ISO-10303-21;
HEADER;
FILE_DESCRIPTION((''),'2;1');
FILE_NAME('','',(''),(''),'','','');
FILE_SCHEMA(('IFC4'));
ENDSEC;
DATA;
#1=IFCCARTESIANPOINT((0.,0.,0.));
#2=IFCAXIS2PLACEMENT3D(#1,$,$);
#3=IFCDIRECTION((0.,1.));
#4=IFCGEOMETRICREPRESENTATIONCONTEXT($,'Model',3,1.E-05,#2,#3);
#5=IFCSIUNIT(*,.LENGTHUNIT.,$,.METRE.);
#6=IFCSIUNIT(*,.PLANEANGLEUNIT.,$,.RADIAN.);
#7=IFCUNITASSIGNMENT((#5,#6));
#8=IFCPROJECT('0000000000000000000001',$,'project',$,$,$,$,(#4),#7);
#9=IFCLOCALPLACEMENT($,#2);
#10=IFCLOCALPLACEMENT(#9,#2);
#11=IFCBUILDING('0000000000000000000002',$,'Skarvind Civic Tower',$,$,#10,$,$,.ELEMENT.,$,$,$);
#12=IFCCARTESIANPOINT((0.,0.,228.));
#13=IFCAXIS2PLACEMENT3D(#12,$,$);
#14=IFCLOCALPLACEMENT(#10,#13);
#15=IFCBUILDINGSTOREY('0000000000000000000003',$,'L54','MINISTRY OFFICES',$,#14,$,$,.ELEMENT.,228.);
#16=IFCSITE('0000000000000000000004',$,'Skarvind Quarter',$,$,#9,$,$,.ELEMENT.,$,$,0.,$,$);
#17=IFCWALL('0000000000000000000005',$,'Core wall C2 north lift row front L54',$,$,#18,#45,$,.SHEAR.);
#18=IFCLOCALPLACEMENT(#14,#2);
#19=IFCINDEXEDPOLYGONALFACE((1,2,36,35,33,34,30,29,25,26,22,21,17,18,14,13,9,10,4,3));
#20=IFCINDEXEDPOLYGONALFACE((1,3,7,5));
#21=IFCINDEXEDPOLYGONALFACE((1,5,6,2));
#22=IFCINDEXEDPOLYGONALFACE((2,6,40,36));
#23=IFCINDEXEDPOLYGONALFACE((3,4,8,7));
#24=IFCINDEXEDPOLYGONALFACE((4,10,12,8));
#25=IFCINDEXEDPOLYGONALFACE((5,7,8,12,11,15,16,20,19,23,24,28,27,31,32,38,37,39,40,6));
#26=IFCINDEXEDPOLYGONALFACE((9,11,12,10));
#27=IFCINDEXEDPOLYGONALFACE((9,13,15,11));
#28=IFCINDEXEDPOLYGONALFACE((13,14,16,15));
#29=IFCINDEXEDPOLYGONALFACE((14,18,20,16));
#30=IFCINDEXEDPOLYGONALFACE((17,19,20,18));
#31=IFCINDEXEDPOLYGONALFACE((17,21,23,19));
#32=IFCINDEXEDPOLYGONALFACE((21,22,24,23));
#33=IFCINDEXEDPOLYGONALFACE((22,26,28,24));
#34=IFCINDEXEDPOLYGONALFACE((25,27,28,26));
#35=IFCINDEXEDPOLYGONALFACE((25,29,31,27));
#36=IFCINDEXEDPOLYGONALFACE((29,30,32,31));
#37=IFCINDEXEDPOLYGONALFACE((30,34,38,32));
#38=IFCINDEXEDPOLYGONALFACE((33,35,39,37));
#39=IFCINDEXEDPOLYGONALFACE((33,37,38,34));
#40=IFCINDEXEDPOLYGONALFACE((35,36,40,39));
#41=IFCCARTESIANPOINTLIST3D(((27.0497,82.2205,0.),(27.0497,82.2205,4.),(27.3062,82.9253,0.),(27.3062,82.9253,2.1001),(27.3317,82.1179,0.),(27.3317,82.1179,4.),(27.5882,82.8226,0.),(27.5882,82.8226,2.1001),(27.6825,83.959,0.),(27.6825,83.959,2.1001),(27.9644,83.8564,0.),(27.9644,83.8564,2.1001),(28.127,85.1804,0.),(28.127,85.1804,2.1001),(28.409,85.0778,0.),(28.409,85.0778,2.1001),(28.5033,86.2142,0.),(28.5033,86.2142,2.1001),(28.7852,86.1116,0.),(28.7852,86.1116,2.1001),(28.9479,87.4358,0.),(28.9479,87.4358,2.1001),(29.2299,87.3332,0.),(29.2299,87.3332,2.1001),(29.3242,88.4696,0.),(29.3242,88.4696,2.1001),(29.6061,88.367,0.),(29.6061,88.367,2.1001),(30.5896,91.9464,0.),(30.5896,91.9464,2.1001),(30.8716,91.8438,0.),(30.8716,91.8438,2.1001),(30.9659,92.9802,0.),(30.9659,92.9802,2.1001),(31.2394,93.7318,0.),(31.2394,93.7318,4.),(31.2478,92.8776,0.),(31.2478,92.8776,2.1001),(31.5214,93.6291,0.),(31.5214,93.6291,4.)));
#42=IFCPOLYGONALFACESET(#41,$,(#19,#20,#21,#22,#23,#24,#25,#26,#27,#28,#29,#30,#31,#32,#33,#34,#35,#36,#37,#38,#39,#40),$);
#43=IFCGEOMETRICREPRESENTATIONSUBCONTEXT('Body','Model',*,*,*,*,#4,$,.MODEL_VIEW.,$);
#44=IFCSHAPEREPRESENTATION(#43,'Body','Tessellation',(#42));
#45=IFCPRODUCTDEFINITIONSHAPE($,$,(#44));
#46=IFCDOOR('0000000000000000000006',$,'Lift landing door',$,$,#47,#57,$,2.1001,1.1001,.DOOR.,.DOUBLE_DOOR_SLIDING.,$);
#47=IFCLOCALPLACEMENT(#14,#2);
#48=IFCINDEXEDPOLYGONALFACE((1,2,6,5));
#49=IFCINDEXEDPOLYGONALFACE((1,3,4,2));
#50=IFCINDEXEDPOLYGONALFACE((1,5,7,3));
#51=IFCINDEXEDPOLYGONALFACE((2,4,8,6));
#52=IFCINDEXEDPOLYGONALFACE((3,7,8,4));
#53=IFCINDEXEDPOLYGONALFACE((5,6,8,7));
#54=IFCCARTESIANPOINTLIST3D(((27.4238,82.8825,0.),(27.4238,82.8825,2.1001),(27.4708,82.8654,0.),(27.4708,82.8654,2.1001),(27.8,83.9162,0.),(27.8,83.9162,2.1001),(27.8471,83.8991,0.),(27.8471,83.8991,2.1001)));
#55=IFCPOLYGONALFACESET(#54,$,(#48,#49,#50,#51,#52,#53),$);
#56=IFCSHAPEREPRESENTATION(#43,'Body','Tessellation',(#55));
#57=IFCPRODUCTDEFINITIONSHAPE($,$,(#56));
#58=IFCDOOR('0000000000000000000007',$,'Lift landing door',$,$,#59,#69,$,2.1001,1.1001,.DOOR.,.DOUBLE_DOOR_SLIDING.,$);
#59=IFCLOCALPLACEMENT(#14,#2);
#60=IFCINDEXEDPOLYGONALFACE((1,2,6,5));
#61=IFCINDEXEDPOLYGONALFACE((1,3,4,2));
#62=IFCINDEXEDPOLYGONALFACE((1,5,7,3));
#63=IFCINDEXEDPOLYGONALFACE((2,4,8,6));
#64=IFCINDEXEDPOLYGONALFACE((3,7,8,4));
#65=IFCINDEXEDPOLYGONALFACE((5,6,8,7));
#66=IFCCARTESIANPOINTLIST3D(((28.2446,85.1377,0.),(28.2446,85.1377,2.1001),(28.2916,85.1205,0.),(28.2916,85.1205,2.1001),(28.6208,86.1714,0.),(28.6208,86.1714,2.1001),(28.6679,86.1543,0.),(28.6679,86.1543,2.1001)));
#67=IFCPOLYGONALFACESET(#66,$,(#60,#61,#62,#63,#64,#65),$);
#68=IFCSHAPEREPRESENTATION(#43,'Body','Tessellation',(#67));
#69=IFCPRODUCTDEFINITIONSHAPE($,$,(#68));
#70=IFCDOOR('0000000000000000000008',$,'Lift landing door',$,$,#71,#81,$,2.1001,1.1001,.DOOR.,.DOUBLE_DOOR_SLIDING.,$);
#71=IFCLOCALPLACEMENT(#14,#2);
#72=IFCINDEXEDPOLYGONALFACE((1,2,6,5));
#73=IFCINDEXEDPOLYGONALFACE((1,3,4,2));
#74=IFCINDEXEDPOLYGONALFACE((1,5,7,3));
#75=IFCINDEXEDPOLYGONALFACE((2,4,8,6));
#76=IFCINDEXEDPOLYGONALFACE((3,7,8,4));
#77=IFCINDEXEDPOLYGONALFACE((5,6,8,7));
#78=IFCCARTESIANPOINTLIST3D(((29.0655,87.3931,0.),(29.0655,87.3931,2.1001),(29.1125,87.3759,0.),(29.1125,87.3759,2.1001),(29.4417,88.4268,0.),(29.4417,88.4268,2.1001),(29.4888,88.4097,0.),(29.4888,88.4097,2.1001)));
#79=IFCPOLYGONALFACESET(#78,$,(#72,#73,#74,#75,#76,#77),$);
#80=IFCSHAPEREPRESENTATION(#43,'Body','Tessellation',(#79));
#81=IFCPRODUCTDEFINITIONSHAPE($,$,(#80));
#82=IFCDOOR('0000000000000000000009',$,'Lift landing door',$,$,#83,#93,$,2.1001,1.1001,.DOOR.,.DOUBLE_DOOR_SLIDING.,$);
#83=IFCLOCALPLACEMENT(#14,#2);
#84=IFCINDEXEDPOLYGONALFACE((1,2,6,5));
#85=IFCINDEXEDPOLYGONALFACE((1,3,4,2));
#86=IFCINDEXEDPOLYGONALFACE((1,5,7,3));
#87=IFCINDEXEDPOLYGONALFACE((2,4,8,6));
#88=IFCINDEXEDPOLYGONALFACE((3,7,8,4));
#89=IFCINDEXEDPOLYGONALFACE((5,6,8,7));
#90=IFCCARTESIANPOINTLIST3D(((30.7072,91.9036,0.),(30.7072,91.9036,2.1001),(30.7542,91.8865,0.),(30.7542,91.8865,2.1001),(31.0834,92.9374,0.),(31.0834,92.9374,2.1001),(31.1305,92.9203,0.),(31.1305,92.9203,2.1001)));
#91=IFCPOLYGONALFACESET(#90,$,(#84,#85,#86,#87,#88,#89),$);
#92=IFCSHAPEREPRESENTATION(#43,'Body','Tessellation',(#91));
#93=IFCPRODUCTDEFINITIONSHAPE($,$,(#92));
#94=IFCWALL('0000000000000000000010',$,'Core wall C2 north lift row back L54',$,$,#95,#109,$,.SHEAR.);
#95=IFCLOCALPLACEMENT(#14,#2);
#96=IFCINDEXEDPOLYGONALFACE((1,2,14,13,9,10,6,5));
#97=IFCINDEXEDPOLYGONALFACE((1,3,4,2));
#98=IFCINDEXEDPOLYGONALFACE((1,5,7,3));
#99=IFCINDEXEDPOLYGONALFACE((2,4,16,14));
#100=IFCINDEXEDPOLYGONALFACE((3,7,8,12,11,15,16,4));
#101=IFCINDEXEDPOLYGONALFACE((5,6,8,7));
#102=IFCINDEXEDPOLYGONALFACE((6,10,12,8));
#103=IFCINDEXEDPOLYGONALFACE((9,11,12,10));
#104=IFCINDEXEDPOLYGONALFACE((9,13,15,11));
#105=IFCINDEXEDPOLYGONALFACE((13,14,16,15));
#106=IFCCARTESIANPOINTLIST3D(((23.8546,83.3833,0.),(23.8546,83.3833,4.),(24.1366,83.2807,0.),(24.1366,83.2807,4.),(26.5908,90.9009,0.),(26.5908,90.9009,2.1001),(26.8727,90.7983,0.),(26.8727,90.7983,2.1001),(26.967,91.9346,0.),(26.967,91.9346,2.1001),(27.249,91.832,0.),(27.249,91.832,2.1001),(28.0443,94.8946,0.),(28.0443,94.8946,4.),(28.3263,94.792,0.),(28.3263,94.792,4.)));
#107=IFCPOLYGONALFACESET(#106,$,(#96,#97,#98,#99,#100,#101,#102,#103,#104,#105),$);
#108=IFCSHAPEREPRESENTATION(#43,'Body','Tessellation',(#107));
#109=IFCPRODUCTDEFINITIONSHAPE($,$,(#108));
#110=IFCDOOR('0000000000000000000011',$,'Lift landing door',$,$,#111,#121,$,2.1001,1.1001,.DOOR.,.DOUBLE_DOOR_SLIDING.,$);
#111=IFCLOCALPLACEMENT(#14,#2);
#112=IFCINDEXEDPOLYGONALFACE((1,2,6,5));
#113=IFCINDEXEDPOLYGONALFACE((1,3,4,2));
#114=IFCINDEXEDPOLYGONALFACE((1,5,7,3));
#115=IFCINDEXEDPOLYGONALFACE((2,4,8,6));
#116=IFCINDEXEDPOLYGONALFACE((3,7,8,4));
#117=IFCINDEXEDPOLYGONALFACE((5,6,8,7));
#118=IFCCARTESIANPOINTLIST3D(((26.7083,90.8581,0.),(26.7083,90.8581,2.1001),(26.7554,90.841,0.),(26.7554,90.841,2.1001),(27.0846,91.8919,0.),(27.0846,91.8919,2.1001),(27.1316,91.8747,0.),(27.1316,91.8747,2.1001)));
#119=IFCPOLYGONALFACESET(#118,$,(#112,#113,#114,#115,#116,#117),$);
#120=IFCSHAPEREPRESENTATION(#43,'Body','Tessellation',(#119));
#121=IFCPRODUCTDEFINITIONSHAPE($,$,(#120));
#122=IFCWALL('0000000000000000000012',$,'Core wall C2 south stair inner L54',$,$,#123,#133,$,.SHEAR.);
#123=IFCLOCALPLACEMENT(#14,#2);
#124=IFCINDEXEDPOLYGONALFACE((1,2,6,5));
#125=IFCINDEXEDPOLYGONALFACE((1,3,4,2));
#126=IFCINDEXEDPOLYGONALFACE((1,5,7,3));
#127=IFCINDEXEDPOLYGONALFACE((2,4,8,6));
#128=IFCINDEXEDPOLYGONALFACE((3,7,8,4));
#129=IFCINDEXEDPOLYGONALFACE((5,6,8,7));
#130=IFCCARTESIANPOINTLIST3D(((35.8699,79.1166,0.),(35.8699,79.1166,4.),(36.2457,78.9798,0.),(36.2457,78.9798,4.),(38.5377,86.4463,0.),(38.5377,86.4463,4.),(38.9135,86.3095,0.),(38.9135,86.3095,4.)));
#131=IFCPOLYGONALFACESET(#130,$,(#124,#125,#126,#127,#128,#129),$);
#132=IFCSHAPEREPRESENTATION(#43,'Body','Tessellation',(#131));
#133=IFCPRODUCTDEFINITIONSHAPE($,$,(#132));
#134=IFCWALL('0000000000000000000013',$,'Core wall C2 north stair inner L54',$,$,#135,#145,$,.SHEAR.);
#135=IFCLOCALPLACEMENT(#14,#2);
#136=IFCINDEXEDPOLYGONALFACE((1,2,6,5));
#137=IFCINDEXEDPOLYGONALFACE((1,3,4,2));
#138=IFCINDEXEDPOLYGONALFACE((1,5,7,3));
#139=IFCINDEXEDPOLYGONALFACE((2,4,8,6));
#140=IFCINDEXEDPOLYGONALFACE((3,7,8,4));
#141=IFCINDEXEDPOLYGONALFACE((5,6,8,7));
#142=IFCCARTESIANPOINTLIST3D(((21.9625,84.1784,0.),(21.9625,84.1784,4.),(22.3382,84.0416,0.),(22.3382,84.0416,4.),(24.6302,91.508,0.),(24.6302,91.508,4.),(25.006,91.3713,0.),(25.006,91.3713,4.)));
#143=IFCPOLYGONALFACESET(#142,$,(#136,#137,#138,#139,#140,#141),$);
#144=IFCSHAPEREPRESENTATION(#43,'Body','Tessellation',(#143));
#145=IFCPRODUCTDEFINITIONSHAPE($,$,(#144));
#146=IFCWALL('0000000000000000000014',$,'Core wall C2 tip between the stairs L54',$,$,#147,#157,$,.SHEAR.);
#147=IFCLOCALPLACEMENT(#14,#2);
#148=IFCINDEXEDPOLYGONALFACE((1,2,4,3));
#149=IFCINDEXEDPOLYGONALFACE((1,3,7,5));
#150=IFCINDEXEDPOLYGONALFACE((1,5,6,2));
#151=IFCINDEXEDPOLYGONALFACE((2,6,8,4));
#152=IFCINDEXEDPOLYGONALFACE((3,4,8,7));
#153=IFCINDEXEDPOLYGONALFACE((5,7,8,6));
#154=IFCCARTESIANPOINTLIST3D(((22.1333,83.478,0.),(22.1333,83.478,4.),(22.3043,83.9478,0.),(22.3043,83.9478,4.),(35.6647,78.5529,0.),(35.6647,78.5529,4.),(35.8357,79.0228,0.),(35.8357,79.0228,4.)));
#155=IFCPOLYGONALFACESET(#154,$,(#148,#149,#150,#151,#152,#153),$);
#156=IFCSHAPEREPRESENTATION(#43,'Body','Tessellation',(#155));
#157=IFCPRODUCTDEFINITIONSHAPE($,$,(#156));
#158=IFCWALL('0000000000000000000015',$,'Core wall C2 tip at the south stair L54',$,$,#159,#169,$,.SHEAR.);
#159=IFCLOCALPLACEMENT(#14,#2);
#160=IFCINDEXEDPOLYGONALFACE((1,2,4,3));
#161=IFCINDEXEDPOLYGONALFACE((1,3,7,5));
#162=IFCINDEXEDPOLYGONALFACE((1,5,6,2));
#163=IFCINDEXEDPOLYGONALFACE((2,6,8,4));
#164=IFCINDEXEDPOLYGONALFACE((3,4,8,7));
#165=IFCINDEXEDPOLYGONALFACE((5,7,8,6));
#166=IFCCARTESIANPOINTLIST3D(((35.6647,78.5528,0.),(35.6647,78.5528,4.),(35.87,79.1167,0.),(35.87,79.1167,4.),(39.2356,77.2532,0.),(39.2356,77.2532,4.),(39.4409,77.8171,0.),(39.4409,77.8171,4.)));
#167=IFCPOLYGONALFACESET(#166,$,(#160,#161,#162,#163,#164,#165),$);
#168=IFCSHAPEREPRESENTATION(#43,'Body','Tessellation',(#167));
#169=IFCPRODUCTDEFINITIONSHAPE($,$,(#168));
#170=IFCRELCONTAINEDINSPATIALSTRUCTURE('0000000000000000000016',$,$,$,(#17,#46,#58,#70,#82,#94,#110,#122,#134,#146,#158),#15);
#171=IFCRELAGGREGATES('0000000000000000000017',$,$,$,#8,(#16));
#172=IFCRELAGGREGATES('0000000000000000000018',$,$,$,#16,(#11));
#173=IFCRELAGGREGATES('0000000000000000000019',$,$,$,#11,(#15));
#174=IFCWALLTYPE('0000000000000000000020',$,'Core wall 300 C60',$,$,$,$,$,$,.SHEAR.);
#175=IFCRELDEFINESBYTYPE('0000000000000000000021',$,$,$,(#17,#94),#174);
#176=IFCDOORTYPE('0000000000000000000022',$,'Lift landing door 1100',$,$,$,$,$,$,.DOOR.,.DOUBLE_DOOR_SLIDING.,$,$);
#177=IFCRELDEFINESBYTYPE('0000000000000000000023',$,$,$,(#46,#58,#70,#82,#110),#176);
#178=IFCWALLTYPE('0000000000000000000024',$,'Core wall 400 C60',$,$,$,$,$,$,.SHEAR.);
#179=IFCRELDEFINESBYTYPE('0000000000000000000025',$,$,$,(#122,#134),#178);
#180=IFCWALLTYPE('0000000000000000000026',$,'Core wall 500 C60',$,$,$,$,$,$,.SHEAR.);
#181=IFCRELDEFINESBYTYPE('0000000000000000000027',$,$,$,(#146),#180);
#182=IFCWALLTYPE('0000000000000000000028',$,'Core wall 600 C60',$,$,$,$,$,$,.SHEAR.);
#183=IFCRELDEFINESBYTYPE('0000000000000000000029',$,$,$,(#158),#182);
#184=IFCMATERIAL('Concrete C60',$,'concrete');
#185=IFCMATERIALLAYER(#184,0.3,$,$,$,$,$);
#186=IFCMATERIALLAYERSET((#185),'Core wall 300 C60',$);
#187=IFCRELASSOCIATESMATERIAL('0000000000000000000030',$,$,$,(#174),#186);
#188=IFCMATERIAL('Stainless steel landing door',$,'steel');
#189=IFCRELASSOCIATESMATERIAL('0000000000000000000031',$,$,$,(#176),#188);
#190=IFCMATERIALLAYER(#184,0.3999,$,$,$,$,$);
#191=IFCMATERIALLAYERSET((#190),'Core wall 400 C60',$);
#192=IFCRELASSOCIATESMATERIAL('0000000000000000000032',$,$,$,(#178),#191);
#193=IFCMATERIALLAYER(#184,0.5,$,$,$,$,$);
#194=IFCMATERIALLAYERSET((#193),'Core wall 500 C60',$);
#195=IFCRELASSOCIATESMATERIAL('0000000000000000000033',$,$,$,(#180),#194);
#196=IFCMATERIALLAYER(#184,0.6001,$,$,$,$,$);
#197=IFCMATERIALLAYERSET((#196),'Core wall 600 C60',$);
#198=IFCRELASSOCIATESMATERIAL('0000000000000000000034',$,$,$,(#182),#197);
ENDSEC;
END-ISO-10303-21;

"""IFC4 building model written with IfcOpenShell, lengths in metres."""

from ifc_helpers import new_model, si_unit, direction, frame, frame_2d, origin, place, context, subcontext, project, spatial, rectangle, extrude, material, layer, layer_set, type_object, element, fill, save


model = new_model("IFC4")

# Units and contexts
model_context = context("Model", 3, precision=1e-05, world=origin(), true_north=direction((0.0, 1.0)))
body_context = subcontext(model_context, "Body", "Model", "MODEL_VIEW")
ifc_project = project(units=[si_unit("LENGTHUNIT", "METRE"), si_unit("PLANEANGLEUNIT", "RADIAN")], contexts=[model_context])

# Site, building, storey
site_placement = place(None, origin())
site = spatial("IfcSite", under=ifc_project, at=site_placement, Name="Skarvind Quarter", CompositionType="ELEMENT", RefElevation=0.0)
building_placement = place(site_placement, origin())
building = spatial("IfcBuilding", under=site, at=building_placement, Name="Skarvind Civic Tower", CompositionType="ELEMENT")
storey_placement = place(building_placement, frame((0.0, 0.0, 228.0)))
storey = spatial("IfcBuildingStorey", under=building, at=storey_placement, Name="L54", Description="MINISTRY OFFICES", CompositionType="ELEMENT", Elevation=228.0)

# Shared definitions
ifc_material_1 = material(Name="Concrete C60", Category="concrete")
ifc_layer_1 = layer(ifc_material_1, 0.3)
ifc_layer_set_1 = layer_set([ifc_layer_1], Name="Core wall 300 C60")
wall_type_1 = type_object("IfcWallType", Name="Core wall 300 C60", PredefinedType="SHEAR", material=ifc_layer_set_1)

# Wall, openings, doors
wall_1_placement = place(storey_placement, frame((27.1907, 82.1692, 0.0), z_axis=(0.0, 0.0, 1.0), x_axis=(0.342017, 0.939694, 0.0)))
wall_1 = element("IfcWall", 1, at=wall_1_placement, inside=storey, type_object=wall_type_1, Name="Core wall C2 north lift row front L54", PredefinedType="SHEAR", context=body_context, shape_type="SweptSolid", body=[
    extrude(rectangle(XDim=12.25, YDim=0.3, at=frame_2d((6.125, 0.0))), origin(), (0.0, 0.0, 1.0), 4.0),
])
opening_1_placement = place(wall_1_placement, frame((0.75, 0.0, 0.0)))
opening_1 = element("IfcOpeningElement", 2, at=opening_1_placement, cuts=wall_1, PredefinedType="OPENING", context=body_context, shape_type="SweptSolid", body=[
    extrude(rectangle(XDim=1.1001, YDim=2.1001, at=frame_2d((0.55, 1.05))), frame((0.0, 0.1599, 0.0), z_axis=(0.0, -1.0, 0.0), x_axis=(1.0, 0.0, 0.0)), (0.0, 0.0, 1.0), 0.3201),
])
opening_2_placement = place(wall_1_placement, frame((3.1499, 0.0, 0.0)))
opening_2 = element("IfcOpeningElement", 3, at=opening_2_placement, cuts=wall_1, PredefinedType="OPENING", context=body_context, shape_type="SweptSolid", body=[
    extrude(rectangle(XDim=1.1001, YDim=2.1001, at=frame_2d((0.55, 1.05))), frame((0.0, 0.1599, 0.0), z_axis=(0.0, -1.0, 0.0), x_axis=(1.0, 0.0, 0.0)), (0.0, 0.0, 1.0), 0.3201),
])
opening_3_placement = place(wall_1_placement, frame((5.55, 0.0, 0.0)))
opening_3 = element("IfcOpeningElement", 4, at=opening_3_placement, cuts=wall_1, PredefinedType="OPENING", context=body_context, shape_type="SweptSolid", body=[
    extrude(rectangle(XDim=1.1001, YDim=2.1001, at=frame_2d((0.55, 1.05))), frame((0.0, 0.1599, 0.0), z_axis=(0.0, -1.0, 0.0), x_axis=(1.0, 0.0, 0.0)), (0.0, 0.0, 1.0), 0.3201),
])
opening_4_placement = place(wall_1_placement, frame((10.3501, 0.0, 0.0)))
opening_4 = element("IfcOpeningElement", 5, at=opening_4_placement, cuts=wall_1, PredefinedType="OPENING", context=body_context, shape_type="SweptSolid", body=[
    extrude(rectangle(XDim=1.1001, YDim=2.1001, at=frame_2d((0.55, 1.05))), frame((0.0, 0.1599, 0.0), z_axis=(0.0, -1.0, 0.0), x_axis=(1.0, 0.0, 0.0)), (0.0, 0.0, 1.0), 0.3201),
])
ifc_material_2 = material(Name="Stainless steel landing door", Category="steel")
door_type_1 = type_object("IfcDoorType", Name="Lift landing door 1100", OperationType="DOUBLE_DOOR_SLIDING", PredefinedType="DOOR", material=ifc_material_2)
door_1_placement = place(opening_1_placement, origin())
door_1 = element("IfcDoor", 6, at=door_1_placement, inside=storey, type_object=door_type_1, Name="Lift landing door", OperationType="DOUBLE_DOOR_SLIDING", OverallHeight=2.1001, OverallWidth=1.1001, PredefinedType="DOOR", context=body_context, shape_type="SweptSolid", body=[
    extrude(rectangle(XDim=1.1001, YDim=2.1001, at=frame_2d((0.55, 1.05))), frame((0.0, 0.0249, 0.0), z_axis=(0.0, -1.0, 0.0), x_axis=(1.0, 0.0, 0.0)), (0.0, 0.0, 1.0), 0.05),
])
fill(opening_1, door_1)
door_2_placement = place(opening_2_placement, origin())
door_2 = element("IfcDoor", 7, at=door_2_placement, inside=storey, type_object=door_type_1, Name="Lift landing door", OperationType="DOUBLE_DOOR_SLIDING", OverallHeight=2.1001, OverallWidth=1.1001, PredefinedType="DOOR", context=body_context, shape_type="SweptSolid", body=[
    extrude(rectangle(XDim=1.1001, YDim=2.1001, at=frame_2d((0.55, 1.05))), frame((0.0, 0.0249, 0.0), z_axis=(0.0, -1.0, 0.0), x_axis=(1.0, 0.0, 0.0)), (0.0, 0.0, 1.0), 0.05),
])
fill(opening_2, door_2)
door_3_placement = place(opening_3_placement, origin())
door_3 = element("IfcDoor", 8, at=door_3_placement, inside=storey, type_object=door_type_1, Name="Lift landing door", OperationType="DOUBLE_DOOR_SLIDING", OverallHeight=2.1001, OverallWidth=1.1001, PredefinedType="DOOR", context=body_context, shape_type="SweptSolid", body=[
    extrude(rectangle(XDim=1.1001, YDim=2.1001, at=frame_2d((0.55, 1.05))), frame((0.0, 0.0249, 0.0), z_axis=(0.0, -1.0, 0.0), x_axis=(1.0, 0.0, 0.0)), (0.0, 0.0, 1.0), 0.05),
])
fill(opening_3, door_3)
door_4_placement = place(opening_4_placement, origin())
door_4 = element("IfcDoor", 9, at=door_4_placement, inside=storey, type_object=door_type_1, Name="Lift landing door", OperationType="DOUBLE_DOOR_SLIDING", OverallHeight=2.1001, OverallWidth=1.1001, PredefinedType="DOOR", context=body_context, shape_type="SweptSolid", body=[
    extrude(rectangle(XDim=1.1001, YDim=2.1001, at=frame_2d((0.55, 1.05))), frame((0.0, 0.0249, 0.0), z_axis=(0.0, -1.0, 0.0), x_axis=(1.0, 0.0, 0.0)), (0.0, 0.0, 1.0), 0.05),
])
fill(opening_4, door_4)

# Wall, opening, door
wall_2_placement = place(storey_placement, frame((23.9956, 83.332, 0.0), z_axis=(0.0, 0.0, 1.0), x_axis=(0.342017, 0.939694, 0.0)))
wall_2 = element("IfcWall", 10, at=wall_2_placement, inside=storey, type_object=wall_type_1, Name="Core wall C2 north lift row back L54", PredefinedType="SHEAR", context=body_context, shape_type="SweptSolid", body=[
    extrude(rectangle(XDim=12.25, YDim=0.3, at=frame_2d((6.125, 0.0))), origin(), (0.0, 0.0, 1.0), 4.0),
])
opening_5_placement = place(wall_2_placement, frame((8.0, 0.0, 0.0)))
opening_5 = element("IfcOpeningElement", 11, at=opening_5_placement, cuts=wall_2, PredefinedType="OPENING", context=body_context, shape_type="SweptSolid", body=[
    extrude(rectangle(XDim=1.1001, YDim=2.1001, at=frame_2d((0.55, 1.05))), frame((0.0, 0.1599, 0.0), z_axis=(0.0, -1.0, 0.0), x_axis=(1.0, 0.0, 0.0)), (0.0, 0.0, 1.0), 0.3201),
])
door_5_placement = place(opening_5_placement, origin())
door_5 = element("IfcDoor", 12, at=door_5_placement, inside=storey, type_object=door_type_1, Name="Lift landing door", OperationType="DOUBLE_DOOR_SLIDING", OverallHeight=2.1001, OverallWidth=1.1001, PredefinedType="DOOR", context=body_context, shape_type="SweptSolid", body=[
    extrude(rectangle(XDim=1.1001, YDim=2.1001, at=frame_2d((0.55, 1.05))), frame((0.0, 0.0249, 0.0), z_axis=(0.0, -1.0, 0.0), x_axis=(1.0, 0.0, 0.0)), (0.0, 0.0, 1.0), 0.05),
])
fill(opening_5, door_5)

# Walls
ifc_layer_2 = layer(ifc_material_1, 0.3999)
ifc_layer_set_2 = layer_set([ifc_layer_2], Name="Core wall 400 C60")
wall_type_2 = type_object("IfcWallType", Name="Core wall 400 C60", PredefinedType="SHEAR", material=ifc_layer_set_2)
for number, where, z_axis, x_axis, name in (
    (13, (36.0579, 79.0483, 0.0), (0.0, 0.0, 1.0), (0.342017, 0.939694, 0.0), "Core wall C2 south stair inner L54"),
    (14, (22.1504, 84.1101, 0.0), (0.0, 0.0, 1.0), (0.342017, 0.939694, 0.0), "Core wall C2 north stair inner L54"),
):
    element("IfcWall", number, at=place(storey_placement, frame(where, z_axis=z_axis, x_axis=x_axis)), inside=storey, type_object=wall_type_2, Name=name, PredefinedType="SHEAR", context=body_context, shape_type="SweptSolid", body=[
        extrude(rectangle(XDim=7.8, YDim=0.3999, at=frame_2d((3.8999, 0.0))), origin(), (0.0, 0.0, 1.0), 4.0),
    ])
ifc_layer_3 = layer(ifc_material_1, 0.5)
ifc_layer_set_3 = layer_set([ifc_layer_3], Name="Core wall 500 C60")
wall_type_3 = type_object("IfcWallType", Name="Core wall 500 C60", PredefinedType="SHEAR", material=ifc_layer_set_3)
wall_3_placement = place(storey_placement, frame((35.7502, 78.7878, 0.0), z_axis=(0.0, 0.0, 1.0), x_axis=(-0.939693, 0.342019, 0.0)))
element("IfcWall", 15, at=wall_3_placement, inside=storey, type_object=wall_type_3, Name="Core wall C2 tip between the stairs L54", PredefinedType="SHEAR", context=body_context, shape_type="SweptSolid", body=[
    extrude(rectangle(XDim=14.3999, YDim=0.5, at=frame_2d((7.2, 0.0))), origin(), (0.0, 0.0, 1.0), 4.0),
])
ifc_layer_4 = layer(ifc_material_1, 0.6001)
ifc_layer_set_4 = layer_set([ifc_layer_4], Name="Core wall 600 C60")
wall_type_4 = type_object("IfcWallType", Name="Core wall 600 C60", PredefinedType="SHEAR", material=ifc_layer_set_4)
for number, where, z_axis, x_axis, name in (
    (16, (39.3381, 77.5352, 0.0), (0.0, 0.0, 1.0), (-0.939701, 0.341996, 0.0), "Core wall C2 tip at the south stair L54"),
):
    element("IfcWall", number, at=place(storey_placement, frame(where, z_axis=z_axis, x_axis=x_axis)), inside=storey, type_object=wall_type_4, Name=name, PredefinedType="SHEAR", context=body_context, shape_type="SweptSolid", body=[
        extrude(rectangle(XDim=3.8, YDim=0.6001, at=frame_2d((1.8999, 0.0))), origin(), (0.0, 0.0, 1.0), 4.0),
    ])

save(model, "model.ifc")
